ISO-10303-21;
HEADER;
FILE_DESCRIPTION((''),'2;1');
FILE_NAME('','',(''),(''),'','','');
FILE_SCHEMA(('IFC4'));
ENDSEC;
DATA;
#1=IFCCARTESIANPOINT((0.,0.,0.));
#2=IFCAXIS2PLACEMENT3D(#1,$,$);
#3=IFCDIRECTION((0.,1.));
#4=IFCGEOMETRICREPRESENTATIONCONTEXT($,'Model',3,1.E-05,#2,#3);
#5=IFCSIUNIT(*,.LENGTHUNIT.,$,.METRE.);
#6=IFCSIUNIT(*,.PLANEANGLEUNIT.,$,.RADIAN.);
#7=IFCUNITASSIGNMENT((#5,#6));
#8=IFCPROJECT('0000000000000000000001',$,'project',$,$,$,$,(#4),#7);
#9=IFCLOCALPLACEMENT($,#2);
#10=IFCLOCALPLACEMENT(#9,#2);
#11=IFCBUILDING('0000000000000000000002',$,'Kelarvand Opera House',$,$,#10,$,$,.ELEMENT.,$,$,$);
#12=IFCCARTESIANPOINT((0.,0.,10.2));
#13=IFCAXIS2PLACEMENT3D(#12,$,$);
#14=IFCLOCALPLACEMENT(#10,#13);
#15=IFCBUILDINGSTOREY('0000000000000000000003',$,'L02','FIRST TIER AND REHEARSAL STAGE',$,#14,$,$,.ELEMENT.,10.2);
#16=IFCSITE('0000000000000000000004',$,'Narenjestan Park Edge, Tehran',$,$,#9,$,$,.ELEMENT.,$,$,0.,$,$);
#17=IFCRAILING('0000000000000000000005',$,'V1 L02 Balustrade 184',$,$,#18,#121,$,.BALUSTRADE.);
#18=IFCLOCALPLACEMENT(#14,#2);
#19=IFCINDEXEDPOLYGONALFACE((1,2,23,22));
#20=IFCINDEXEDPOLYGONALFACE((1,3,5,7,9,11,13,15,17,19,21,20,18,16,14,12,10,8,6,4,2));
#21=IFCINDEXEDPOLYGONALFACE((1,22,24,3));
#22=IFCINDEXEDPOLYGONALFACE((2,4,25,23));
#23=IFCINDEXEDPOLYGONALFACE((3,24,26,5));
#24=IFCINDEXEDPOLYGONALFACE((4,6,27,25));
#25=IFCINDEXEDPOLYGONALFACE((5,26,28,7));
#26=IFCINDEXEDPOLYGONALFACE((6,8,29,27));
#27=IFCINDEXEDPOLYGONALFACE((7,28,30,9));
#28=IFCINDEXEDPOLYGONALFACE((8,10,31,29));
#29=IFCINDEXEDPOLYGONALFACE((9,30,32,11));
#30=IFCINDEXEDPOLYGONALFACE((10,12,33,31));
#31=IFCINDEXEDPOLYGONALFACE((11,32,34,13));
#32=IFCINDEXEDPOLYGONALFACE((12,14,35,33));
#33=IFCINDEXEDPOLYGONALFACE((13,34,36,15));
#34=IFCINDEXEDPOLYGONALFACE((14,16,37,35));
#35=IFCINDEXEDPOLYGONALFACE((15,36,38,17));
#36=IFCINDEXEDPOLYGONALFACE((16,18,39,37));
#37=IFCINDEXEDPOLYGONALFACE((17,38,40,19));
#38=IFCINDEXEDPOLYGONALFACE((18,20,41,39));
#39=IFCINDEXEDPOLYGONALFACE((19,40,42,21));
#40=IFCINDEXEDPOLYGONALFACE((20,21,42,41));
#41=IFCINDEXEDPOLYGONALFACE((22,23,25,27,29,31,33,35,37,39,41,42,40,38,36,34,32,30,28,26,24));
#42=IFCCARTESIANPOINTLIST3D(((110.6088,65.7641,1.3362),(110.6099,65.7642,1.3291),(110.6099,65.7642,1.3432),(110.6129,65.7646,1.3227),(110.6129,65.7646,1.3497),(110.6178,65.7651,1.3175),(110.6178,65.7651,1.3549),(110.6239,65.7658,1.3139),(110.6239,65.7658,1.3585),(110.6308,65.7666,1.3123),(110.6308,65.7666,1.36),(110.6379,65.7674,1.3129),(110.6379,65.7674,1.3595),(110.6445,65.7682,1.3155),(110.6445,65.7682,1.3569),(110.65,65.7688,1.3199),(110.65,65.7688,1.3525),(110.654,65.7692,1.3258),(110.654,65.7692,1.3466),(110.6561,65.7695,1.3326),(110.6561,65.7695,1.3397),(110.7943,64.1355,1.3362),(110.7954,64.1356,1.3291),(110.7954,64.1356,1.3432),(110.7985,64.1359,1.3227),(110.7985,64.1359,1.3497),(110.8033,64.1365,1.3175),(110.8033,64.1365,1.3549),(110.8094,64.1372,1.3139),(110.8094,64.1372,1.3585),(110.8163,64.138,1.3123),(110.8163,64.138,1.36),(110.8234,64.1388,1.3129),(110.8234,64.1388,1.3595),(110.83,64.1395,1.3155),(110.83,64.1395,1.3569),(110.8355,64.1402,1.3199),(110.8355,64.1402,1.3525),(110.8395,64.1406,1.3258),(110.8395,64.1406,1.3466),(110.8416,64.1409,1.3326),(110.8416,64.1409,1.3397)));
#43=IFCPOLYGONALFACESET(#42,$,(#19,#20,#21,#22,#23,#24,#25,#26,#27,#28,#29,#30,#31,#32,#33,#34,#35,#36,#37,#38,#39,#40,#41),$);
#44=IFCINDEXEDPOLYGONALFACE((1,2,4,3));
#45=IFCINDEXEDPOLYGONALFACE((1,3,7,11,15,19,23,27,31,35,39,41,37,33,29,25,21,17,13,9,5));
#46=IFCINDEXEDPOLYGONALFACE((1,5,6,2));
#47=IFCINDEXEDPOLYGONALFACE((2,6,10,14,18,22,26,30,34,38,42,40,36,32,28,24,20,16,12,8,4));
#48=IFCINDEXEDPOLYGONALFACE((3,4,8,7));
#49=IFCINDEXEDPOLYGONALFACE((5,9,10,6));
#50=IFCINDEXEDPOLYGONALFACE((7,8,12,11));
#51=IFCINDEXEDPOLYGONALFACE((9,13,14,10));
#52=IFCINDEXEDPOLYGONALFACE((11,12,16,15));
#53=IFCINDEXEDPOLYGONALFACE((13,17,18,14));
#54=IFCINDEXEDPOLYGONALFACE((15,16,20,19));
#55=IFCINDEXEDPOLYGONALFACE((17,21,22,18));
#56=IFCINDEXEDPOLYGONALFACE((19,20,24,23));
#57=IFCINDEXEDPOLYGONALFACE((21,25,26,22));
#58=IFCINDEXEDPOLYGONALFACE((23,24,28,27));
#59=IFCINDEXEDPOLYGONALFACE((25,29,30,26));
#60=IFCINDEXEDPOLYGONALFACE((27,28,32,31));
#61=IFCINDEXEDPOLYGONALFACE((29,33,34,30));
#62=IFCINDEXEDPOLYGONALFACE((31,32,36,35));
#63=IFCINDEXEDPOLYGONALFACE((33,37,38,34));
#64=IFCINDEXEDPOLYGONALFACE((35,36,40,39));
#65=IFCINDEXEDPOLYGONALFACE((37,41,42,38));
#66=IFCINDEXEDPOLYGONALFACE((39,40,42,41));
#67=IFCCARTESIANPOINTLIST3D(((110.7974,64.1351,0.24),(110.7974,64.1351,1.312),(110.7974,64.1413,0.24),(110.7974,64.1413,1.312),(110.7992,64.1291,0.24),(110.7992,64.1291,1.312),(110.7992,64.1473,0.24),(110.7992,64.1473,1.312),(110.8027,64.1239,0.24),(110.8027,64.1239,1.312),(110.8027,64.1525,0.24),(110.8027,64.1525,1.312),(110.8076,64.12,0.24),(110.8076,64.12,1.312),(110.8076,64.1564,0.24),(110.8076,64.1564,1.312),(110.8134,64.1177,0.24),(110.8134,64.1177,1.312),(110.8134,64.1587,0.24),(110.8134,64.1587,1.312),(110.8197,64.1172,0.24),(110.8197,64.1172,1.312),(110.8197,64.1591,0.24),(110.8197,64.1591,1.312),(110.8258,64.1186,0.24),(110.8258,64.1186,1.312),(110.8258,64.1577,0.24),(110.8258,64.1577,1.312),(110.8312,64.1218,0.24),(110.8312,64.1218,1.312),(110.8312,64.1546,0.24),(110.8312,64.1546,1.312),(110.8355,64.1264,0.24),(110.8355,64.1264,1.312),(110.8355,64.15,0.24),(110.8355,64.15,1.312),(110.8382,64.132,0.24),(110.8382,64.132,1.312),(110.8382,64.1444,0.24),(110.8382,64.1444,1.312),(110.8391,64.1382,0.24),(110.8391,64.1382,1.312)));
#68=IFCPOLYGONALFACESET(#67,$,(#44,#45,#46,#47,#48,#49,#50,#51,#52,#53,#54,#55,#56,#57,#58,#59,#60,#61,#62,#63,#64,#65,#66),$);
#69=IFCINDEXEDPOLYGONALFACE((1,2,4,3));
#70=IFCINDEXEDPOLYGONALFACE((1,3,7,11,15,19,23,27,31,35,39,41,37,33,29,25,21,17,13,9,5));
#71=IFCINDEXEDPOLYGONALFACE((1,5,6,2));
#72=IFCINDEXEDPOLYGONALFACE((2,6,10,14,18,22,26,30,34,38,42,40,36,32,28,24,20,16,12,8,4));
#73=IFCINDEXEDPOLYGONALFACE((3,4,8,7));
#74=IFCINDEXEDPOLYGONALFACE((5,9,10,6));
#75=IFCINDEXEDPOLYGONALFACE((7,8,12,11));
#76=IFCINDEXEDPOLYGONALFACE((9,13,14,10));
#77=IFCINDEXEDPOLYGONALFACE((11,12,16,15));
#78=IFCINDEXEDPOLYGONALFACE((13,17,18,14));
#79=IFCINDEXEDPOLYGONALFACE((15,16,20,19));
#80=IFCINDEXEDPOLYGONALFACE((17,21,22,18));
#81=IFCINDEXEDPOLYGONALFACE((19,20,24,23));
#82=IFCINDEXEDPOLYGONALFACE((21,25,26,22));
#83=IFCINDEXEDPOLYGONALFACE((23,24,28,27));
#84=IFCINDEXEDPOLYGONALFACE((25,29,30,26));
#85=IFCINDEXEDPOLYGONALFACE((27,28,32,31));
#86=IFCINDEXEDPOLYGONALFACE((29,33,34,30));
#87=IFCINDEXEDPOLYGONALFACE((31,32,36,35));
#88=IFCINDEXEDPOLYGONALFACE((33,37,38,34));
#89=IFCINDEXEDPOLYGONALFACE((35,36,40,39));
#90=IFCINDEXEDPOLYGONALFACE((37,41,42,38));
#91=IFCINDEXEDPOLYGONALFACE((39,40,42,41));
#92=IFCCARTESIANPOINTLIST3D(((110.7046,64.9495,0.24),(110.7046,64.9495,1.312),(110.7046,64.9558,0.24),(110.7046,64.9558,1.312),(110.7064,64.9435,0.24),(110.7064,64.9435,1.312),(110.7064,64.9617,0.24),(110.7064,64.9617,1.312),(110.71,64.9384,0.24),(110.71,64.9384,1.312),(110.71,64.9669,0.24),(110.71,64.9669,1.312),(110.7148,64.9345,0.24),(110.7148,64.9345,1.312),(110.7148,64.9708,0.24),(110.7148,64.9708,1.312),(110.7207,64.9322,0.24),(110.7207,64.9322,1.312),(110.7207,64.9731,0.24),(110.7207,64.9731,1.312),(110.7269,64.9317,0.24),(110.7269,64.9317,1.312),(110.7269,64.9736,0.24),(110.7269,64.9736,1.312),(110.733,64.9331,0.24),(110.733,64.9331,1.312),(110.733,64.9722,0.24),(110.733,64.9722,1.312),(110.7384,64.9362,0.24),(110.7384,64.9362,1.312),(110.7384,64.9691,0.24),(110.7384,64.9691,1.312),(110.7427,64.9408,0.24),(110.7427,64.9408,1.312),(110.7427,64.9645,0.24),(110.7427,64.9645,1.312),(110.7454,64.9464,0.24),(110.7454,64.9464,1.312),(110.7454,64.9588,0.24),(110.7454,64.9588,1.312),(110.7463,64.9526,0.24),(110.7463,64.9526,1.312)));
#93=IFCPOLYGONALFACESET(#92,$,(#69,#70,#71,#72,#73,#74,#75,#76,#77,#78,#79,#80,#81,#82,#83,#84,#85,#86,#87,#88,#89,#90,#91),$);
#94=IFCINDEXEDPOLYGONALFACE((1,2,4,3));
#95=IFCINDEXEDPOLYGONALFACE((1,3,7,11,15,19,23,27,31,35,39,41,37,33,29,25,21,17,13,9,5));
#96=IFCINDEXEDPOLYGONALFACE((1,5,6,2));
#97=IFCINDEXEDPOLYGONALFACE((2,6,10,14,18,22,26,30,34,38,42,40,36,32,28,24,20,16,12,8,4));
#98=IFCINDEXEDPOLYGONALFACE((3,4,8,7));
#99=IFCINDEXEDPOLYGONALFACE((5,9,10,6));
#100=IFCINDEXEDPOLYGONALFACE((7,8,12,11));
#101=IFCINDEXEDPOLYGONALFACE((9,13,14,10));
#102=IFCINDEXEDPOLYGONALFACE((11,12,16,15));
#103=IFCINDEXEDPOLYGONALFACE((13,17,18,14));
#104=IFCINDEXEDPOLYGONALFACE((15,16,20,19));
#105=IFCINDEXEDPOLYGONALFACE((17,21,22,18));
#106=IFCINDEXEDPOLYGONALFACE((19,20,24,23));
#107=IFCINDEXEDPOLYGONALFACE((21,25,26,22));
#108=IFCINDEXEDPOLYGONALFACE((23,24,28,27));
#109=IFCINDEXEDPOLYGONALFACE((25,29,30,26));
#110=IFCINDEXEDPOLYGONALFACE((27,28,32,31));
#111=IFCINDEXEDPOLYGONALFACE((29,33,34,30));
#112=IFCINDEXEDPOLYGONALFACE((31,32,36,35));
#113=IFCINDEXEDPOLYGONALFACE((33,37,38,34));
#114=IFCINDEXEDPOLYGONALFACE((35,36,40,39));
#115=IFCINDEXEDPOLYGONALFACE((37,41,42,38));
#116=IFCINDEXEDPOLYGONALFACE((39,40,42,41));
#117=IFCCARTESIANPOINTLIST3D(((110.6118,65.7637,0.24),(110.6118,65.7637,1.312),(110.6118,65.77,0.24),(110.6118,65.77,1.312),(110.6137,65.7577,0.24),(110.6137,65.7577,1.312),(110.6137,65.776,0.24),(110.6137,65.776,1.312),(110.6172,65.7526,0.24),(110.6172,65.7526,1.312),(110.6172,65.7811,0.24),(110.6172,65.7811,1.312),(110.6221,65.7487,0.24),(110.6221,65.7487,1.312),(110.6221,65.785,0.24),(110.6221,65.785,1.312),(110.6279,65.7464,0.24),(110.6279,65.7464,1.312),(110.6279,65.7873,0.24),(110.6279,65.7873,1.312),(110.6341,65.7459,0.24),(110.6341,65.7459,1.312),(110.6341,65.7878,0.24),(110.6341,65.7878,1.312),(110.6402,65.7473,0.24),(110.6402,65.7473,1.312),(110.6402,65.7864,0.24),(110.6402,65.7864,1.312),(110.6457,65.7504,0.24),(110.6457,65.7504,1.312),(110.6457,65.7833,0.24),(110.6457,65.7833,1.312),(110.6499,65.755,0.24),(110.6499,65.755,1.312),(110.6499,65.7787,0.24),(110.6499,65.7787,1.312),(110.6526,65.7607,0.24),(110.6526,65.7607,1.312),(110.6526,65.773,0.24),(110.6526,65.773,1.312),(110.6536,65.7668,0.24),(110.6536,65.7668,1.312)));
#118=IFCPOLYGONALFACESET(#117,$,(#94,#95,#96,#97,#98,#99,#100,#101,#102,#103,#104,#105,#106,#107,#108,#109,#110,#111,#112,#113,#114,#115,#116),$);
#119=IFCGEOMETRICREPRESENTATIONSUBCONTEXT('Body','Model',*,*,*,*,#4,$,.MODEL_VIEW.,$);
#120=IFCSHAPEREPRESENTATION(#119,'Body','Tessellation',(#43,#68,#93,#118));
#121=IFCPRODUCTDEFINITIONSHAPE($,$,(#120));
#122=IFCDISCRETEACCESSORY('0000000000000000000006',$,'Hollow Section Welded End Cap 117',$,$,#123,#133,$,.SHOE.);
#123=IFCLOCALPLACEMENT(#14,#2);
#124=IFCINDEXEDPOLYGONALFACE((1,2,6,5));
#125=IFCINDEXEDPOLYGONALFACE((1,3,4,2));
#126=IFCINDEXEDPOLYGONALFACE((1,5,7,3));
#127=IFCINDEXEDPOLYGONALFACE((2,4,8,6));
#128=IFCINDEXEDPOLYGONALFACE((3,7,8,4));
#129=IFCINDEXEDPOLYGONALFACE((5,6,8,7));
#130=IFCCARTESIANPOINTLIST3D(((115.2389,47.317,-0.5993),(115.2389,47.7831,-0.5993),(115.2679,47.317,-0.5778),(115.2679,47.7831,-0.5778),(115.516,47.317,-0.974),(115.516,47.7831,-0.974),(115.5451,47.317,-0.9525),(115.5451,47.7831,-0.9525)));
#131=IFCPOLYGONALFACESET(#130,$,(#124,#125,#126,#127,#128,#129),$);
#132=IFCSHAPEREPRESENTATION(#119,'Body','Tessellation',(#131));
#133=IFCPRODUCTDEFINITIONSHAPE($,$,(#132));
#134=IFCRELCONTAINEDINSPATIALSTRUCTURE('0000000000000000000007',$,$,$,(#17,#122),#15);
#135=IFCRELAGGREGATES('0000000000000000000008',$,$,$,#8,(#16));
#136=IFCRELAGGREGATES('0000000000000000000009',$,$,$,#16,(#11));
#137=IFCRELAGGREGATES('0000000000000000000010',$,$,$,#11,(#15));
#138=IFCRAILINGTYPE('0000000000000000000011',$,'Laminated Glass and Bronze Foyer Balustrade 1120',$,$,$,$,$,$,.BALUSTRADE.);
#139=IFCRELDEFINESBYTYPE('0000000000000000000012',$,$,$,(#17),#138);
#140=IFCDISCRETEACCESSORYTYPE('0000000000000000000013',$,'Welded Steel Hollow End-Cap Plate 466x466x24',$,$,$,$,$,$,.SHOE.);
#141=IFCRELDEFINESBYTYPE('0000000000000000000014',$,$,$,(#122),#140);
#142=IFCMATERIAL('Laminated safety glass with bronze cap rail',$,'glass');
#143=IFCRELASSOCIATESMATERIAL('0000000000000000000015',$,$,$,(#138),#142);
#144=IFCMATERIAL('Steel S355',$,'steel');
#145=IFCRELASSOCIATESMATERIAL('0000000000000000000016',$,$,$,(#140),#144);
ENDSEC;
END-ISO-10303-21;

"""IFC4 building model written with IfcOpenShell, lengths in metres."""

from ifc_helpers import new_model, si_unit, direction, frame, origin, origin_2d, place, context, subcontext, project, spatial, rectangle, circle, extrude, material, material_profile, profile_set, type_object, element, save


model = new_model("IFC4")

# Units and contexts
model_context = context("Model", 3, precision=1e-05, world=origin(), true_north=direction((0.0, 1.0)))
body_context = subcontext(model_context, "Body", "Model", "MODEL_VIEW")
ifc_project = project(units=[si_unit("LENGTHUNIT", "METRE"), si_unit("PLANEANGLEUNIT", "RADIAN")], contexts=[model_context])

# Site, building, storey
site_placement = place(None, origin())
site = spatial("IfcSite", under=ifc_project, at=site_placement, Name="Narenjestan Park Edge, Tehran", CompositionType="ELEMENT", RefElevation=0.0)
building_placement = place(site_placement, origin())
building = spatial("IfcBuilding", under=site, at=building_placement, Name="Kelarvand Opera House", CompositionType="ELEMENT")
storey_placement = place(building_placement, frame((0.0, 0.0, 10.2)))
storey = spatial("IfcBuildingStorey", under=building, at=storey_placement, Name="L02", Description="FIRST TIER AND REHEARSAL STAGE", CompositionType="ELEMENT", Elevation=10.2)

# Shared definitions
ifc_material_1 = material(Name="Steel S355", Category="steel")

# Railing
ifc_material_2 = material(Name="Laminated safety glass with bronze cap rail", Category="glass")
railing_type = type_object("IfcRailingType", Name="Laminated Glass and Bronze Foyer Balustrade 1120", PredefinedType="BALUSTRADE", material=ifc_material_2)
railing_1_placement = place(storey_placement, frame((110.8181, 64.1382, 0.24)))
element("IfcRailing", 1, at=railing_1_placement, inside=storey, type_object=railing_type, Name="V1 L02 Balustrade 184", PredefinedType="BALUSTRADE", context=body_context, shape_type="SweptSolid", body=[
    extrude(circle(Radius=0.0239, at=origin_2d()), frame((0.0, 0.0, 1.0962), z_axis=(-0.113194, 0.993573, 0.0), x_axis=(-0.993573, -0.113194, 0.0)), (0.0, 0.0, 1.0), 1.6392),
    extrude(circle(Radius=0.021, at=origin_2d()), origin(), (0.0, 0.0, 1.0), 1.072),
    extrude(circle(Radius=0.021, at=origin_2d()), frame((-0.0928, 0.8145, 0.0)), (0.0, 0.0, 1.0), 1.072),
    extrude(circle(Radius=0.021, at=origin_2d()), frame((-0.1855, 1.6287, 0.0)), (0.0, 0.0, 1.0), 1.072),
])

# Discrete accessory
ifc_material_profile_1 = material_profile(ifc_material_1, rectangle(XDim=0.4661, YDim=0.4661, at=origin_2d()), Name="Welded Steel Hollow End-Cap Plate 466x466x24", Category="steel")
ifc_profile_set_1 = profile_set([ifc_material_profile_1], Name="Steel S355")
discrete_accessory_type = type_object("IfcDiscreteAccessoryType", Name="Welded Steel Hollow End-Cap Plate 466x466x24", PredefinedType="SHOE", material=ifc_profile_set_1)
discrete_accessory_placement = place(storey_placement, frame((115.4065, 47.55, -0.7651), z_axis=(-0.804036, 0.0, -0.594581), x_axis=(0.0, -1.0, 0.0)))
element("IfcDiscreteAccessory", 2, at=discrete_accessory_placement, inside=storey, type_object=discrete_accessory_type, Name="Hollow Section Welded End Cap 117", PredefinedType="SHOE", context=body_context, shape_type="SweptSolid", body=[
    extrude(rectangle(XDim=0.4661, YDim=0.4661, at=origin_2d()), origin(), (0.0, 0.0, 1.0), 0.0361),
])

save(model, "model.ifc")
